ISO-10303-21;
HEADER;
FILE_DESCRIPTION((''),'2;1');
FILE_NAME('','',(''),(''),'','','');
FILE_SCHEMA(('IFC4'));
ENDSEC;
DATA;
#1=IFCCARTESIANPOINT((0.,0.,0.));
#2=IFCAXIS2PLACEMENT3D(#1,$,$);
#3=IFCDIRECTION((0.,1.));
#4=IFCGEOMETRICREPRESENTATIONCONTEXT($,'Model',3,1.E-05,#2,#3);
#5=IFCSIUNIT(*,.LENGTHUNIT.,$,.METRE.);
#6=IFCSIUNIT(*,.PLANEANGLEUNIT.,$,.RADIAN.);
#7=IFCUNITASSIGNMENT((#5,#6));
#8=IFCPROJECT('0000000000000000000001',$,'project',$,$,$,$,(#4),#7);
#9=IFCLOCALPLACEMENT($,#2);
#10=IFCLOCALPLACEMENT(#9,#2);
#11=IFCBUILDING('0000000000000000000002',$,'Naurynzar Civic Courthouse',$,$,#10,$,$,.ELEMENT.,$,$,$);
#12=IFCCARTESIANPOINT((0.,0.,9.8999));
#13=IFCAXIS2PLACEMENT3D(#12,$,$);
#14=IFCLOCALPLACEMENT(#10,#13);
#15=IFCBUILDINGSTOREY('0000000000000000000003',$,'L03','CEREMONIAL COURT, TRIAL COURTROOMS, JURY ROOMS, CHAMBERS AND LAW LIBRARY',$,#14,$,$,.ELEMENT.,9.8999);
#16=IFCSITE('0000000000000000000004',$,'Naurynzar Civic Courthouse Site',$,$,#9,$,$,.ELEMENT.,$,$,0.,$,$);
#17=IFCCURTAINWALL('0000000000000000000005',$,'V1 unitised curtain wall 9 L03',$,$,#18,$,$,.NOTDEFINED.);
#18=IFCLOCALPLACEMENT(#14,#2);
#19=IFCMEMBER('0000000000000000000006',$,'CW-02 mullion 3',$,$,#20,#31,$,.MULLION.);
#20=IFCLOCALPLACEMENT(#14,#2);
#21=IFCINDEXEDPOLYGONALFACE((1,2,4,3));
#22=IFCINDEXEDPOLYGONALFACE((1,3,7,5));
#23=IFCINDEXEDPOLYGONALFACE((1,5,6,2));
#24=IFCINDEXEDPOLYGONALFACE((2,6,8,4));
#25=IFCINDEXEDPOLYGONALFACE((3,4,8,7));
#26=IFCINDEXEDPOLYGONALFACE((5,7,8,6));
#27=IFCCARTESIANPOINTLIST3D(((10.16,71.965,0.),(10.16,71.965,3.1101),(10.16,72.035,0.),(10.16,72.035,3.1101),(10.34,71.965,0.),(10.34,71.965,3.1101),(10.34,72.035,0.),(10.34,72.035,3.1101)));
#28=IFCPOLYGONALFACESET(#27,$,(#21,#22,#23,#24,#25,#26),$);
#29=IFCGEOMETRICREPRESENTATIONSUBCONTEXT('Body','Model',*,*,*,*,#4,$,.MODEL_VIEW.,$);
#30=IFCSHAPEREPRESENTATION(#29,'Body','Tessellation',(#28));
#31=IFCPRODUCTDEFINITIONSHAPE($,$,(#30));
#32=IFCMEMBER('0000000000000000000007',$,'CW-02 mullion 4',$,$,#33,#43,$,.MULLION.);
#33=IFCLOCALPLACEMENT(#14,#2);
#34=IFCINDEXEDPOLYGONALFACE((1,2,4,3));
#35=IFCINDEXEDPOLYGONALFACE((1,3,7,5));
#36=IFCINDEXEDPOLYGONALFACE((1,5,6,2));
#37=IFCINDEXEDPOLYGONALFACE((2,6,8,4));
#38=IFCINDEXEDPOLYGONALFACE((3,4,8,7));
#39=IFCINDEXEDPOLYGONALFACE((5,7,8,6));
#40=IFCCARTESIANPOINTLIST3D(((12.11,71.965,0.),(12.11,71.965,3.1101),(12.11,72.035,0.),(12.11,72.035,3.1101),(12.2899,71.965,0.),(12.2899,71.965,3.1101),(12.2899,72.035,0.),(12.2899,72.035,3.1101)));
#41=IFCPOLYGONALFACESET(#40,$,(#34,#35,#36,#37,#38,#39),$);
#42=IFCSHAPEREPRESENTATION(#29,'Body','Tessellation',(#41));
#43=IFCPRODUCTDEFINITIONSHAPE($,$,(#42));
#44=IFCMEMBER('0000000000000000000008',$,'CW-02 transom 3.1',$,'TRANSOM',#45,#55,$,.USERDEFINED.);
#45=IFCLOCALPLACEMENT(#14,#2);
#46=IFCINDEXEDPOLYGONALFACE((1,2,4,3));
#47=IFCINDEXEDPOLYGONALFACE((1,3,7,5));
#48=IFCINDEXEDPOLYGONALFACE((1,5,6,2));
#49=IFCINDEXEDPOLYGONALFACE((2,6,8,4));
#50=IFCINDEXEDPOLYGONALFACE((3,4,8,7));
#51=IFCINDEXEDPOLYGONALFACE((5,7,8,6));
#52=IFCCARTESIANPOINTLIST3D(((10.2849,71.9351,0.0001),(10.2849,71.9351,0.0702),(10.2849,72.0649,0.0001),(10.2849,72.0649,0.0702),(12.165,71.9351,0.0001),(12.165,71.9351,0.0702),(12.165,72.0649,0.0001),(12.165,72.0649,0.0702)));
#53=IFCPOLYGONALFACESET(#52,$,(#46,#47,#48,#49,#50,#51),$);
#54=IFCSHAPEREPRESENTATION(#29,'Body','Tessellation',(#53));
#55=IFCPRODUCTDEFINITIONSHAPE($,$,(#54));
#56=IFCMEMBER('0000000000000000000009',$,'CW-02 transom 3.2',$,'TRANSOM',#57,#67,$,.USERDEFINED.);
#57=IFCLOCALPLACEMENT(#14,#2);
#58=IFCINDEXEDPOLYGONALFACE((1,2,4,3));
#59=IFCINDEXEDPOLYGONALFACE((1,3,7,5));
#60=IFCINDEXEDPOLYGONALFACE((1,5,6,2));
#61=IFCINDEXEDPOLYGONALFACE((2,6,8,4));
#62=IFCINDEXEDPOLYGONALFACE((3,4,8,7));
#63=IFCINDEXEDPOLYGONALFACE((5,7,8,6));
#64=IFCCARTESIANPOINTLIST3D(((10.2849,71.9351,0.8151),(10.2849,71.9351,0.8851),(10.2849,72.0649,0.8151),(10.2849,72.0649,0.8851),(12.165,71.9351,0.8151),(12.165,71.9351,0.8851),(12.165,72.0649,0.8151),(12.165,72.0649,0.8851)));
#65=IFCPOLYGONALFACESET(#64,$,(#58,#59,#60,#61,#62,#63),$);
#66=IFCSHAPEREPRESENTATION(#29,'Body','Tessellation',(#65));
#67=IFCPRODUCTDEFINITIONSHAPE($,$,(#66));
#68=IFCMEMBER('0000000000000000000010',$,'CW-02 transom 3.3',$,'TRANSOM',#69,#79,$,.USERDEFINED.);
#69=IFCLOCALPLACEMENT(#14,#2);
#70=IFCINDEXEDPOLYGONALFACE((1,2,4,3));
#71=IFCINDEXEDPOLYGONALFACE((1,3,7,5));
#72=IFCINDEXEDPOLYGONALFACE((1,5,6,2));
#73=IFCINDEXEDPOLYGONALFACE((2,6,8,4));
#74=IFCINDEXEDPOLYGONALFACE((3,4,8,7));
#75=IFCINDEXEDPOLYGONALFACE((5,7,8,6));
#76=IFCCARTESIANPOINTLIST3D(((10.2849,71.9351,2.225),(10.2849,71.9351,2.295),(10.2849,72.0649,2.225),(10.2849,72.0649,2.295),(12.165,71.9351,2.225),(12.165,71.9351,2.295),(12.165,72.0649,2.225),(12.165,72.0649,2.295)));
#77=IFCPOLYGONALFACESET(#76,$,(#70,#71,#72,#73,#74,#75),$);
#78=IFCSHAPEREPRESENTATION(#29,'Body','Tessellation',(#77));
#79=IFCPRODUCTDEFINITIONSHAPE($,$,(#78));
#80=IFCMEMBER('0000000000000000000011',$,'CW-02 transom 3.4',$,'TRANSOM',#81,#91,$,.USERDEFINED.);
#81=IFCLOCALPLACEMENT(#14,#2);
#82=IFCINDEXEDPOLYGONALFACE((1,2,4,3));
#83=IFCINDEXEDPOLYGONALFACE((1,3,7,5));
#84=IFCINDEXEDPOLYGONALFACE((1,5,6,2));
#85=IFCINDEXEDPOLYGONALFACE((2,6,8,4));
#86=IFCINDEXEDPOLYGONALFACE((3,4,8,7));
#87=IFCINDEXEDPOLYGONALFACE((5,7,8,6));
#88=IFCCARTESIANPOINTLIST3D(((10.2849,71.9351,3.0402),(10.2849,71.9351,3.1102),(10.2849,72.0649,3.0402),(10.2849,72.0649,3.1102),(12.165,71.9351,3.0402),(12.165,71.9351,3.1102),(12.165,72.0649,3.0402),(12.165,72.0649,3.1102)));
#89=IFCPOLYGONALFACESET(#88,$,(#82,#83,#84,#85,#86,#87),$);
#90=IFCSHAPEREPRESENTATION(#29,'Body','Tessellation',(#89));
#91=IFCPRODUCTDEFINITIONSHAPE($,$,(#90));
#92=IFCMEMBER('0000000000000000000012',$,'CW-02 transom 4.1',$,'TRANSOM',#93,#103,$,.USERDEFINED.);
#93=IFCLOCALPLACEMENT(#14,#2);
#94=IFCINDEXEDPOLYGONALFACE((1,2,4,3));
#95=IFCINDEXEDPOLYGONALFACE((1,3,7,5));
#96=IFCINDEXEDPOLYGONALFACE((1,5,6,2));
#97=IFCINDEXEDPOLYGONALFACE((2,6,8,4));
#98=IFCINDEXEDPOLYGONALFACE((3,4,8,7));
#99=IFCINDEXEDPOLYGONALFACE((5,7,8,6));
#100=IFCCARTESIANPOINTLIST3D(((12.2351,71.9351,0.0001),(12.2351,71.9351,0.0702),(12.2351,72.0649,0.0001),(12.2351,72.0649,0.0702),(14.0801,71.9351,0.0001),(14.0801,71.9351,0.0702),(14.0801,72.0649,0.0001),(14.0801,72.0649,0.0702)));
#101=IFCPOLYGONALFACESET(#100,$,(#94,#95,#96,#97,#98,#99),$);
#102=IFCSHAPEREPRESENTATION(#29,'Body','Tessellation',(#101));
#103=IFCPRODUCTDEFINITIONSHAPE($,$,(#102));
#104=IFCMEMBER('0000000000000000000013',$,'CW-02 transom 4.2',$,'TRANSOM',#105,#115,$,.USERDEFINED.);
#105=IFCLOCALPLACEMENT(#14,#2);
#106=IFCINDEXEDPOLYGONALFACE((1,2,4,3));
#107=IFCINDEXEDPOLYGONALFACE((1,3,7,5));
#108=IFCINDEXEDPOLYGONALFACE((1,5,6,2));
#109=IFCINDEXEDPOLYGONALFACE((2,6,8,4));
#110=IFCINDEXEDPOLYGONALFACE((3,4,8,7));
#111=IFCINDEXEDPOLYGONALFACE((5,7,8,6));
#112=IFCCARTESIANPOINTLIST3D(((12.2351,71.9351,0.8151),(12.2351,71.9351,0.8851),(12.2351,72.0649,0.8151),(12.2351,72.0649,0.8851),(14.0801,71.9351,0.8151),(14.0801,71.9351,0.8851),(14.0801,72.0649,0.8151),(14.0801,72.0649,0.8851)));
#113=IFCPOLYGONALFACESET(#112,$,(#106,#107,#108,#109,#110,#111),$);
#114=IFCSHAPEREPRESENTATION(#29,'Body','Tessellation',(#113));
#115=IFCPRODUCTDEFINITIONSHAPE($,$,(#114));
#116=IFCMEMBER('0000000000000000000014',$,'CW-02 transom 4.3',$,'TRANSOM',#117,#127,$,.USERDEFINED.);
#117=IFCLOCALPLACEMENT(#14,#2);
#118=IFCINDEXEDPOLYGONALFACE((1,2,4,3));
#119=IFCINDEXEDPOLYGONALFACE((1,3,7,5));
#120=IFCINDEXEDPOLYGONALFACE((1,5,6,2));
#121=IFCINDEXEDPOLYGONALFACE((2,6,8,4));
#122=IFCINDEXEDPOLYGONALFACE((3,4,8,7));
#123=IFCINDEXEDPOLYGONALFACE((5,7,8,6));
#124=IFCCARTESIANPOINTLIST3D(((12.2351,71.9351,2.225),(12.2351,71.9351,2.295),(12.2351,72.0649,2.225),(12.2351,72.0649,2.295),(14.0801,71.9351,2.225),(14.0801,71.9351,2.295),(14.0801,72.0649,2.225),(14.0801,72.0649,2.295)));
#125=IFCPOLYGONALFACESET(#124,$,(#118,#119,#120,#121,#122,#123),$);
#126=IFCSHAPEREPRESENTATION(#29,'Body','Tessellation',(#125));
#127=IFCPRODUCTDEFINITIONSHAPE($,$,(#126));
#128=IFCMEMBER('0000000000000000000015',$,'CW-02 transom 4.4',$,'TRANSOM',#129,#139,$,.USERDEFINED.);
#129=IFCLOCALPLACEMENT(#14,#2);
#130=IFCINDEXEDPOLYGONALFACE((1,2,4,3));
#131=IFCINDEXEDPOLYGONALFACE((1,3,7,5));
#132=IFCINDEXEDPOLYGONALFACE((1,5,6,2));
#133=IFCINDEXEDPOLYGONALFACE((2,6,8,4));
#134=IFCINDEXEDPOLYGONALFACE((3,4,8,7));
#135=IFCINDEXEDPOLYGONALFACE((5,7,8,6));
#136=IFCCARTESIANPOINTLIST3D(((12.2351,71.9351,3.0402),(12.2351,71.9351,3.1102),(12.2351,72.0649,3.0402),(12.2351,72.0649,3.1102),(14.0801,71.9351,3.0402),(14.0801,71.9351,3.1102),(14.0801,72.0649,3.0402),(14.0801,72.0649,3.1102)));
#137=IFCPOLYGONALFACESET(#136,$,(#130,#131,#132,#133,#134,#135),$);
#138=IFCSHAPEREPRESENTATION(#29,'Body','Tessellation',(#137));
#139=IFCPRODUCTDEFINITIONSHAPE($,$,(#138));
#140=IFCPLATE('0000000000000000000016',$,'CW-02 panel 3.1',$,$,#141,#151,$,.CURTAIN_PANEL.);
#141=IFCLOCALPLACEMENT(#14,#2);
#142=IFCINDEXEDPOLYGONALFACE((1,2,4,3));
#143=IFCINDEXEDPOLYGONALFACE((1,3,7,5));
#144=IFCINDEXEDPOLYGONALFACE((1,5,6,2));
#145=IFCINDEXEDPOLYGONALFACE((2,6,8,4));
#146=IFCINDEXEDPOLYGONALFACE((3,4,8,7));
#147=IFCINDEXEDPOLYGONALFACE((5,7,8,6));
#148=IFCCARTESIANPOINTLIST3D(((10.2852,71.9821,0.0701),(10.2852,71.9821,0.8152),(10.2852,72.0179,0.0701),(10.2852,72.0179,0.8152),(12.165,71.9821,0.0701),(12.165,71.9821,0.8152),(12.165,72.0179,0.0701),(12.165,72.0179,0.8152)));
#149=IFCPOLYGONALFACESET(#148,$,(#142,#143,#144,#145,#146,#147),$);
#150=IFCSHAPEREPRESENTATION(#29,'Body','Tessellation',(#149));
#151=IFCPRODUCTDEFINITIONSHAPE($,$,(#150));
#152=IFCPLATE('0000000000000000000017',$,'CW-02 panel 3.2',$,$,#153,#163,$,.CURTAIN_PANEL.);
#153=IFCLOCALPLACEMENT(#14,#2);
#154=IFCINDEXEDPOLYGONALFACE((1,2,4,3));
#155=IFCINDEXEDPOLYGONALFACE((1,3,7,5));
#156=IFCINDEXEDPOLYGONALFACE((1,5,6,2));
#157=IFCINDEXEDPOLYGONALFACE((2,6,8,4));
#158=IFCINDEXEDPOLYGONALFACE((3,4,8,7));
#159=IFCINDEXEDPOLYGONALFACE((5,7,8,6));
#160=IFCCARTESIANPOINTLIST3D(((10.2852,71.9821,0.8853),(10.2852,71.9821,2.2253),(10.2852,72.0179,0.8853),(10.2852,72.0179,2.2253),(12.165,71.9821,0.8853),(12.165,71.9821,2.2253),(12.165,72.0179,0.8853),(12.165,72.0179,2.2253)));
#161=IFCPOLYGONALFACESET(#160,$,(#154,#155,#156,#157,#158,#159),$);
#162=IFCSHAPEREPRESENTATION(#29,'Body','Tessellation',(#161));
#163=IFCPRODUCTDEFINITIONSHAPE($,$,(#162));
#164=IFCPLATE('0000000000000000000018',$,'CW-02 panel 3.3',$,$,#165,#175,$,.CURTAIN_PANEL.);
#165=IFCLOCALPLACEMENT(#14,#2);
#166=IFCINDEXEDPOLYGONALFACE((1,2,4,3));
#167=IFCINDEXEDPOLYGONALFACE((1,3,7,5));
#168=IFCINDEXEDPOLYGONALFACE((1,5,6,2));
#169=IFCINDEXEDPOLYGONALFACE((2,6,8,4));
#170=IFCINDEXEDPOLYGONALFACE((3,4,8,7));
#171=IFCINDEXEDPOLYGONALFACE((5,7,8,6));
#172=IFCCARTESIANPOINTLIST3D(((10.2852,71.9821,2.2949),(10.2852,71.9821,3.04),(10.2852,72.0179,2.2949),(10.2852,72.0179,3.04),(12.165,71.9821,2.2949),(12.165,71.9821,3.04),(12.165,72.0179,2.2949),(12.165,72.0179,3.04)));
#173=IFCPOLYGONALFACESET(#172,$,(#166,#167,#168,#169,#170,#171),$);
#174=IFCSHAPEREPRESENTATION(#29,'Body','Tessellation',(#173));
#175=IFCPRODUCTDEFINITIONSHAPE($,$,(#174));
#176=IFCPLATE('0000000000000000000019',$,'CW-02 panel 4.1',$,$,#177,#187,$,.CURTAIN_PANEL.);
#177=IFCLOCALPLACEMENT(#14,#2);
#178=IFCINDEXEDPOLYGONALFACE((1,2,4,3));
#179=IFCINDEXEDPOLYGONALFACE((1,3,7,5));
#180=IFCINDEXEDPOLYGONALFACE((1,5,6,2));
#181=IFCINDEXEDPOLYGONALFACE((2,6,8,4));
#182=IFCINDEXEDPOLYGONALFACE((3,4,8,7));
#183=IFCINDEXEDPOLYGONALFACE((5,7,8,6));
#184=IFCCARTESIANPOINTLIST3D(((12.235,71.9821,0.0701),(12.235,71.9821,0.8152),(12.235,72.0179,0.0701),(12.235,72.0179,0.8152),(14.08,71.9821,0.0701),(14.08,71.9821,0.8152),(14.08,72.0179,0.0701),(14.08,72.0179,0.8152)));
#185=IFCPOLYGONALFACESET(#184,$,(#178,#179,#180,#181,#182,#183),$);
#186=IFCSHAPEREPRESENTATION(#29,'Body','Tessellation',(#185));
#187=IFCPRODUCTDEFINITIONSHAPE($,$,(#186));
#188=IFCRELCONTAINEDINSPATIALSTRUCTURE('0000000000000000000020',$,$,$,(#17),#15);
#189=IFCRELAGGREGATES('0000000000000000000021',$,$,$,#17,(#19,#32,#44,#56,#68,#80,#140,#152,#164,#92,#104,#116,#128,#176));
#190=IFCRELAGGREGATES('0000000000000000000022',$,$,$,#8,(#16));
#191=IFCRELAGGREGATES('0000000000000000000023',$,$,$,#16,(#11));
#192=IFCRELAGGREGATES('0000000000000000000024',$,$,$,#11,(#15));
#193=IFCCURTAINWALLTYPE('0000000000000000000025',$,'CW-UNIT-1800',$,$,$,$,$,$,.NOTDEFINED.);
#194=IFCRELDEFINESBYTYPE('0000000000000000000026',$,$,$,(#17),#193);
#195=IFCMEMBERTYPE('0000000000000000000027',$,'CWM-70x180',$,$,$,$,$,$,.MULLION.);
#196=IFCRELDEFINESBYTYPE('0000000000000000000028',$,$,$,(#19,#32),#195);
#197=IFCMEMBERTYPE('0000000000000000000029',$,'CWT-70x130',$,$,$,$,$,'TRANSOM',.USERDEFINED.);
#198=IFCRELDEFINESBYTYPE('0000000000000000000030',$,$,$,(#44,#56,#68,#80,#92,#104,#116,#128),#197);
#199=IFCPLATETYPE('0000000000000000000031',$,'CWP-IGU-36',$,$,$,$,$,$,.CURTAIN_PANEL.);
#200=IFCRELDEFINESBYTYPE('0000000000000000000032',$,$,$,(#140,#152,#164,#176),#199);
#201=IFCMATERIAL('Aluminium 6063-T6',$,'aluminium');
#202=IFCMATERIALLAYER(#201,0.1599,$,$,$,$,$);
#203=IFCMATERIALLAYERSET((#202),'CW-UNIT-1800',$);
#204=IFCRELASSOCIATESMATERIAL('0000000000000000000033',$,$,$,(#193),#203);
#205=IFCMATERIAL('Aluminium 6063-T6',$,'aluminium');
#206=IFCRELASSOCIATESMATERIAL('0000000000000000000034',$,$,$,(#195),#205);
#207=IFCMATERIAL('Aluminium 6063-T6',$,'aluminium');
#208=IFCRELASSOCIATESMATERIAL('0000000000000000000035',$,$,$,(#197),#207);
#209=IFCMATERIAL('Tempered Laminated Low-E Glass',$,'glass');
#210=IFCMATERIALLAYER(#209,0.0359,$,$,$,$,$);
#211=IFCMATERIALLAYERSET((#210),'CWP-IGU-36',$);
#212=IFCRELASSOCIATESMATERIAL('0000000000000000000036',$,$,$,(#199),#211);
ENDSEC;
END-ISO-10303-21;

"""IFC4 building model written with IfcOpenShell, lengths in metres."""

from ifc_helpers import new_model, si_unit, direction, frame, origin, origin_2d, place, context, subcontext, project, spatial, rectangle, extrude, material, layer, layer_set, material_profile, profile_set, type_object, element, aggregate, save


model = new_model("IFC4")

# Units and contexts
model_context = context("Model", 3, precision=1e-05, world=origin(), true_north=direction((0.0, 1.0)))
body_context = subcontext(model_context, "Body", "Model", "MODEL_VIEW")
ifc_project = project(units=[si_unit("LENGTHUNIT", "METRE"), si_unit("PLANEANGLEUNIT", "RADIAN")], contexts=[model_context])

# Site, building, storey
site_placement = place(None, origin())
site = spatial("IfcSite", under=ifc_project, at=site_placement, Name="Naurynzar Civic Courthouse Site", CompositionType="ELEMENT", RefElevation=0.0)
building_placement = place(site_placement, origin())
building = spatial("IfcBuilding", under=site, at=building_placement, Name="Naurynzar Civic Courthouse", CompositionType="ELEMENT")
storey_placement = place(building_placement, frame((0.0, 0.0, 9.8999)))
storey = spatial("IfcBuildingStorey", under=building, at=storey_placement, Name="L03", Description="CEREMONIAL COURT, TRIAL COURTROOMS, JURY ROOMS, CHAMBERS AND LAW LIBRARY", CompositionType="ELEMENT", Elevation=9.8999)

# Curtain wall, members, plates
ifc_material_1 = material(Name="Aluminium 6063-T6", Category="aluminium")
ifc_layer_1 = layer(ifc_material_1, 0.1599)
ifc_layer_set_1 = layer_set([ifc_layer_1], Name="CW-UNIT-1800")
curtain_wall_type = type_object("IfcCurtainWallType", Name="CW-UNIT-1800", PredefinedType="NOTDEFINED", material=ifc_layer_set_1)
curtain_wall_placement = place(storey_placement, origin())
curtain_wall = element("IfcCurtainWall", 1, at=curtain_wall_placement, inside=storey, type_object=curtain_wall_type, Name="V1 unitised curtain wall 9 L03", PredefinedType="NOTDEFINED")
ifc_material_2 = material(Name="Aluminium 6063-T6", Category="aluminium")
ifc_material_profile_1 = material_profile(ifc_material_2, rectangle(XDim=0.0701, YDim=0.1799, at=origin_2d()), Name="ALU MULLION 70x180")
ifc_profile_set_1 = profile_set([ifc_material_profile_1], Name="Aluminium 6063-T6")
member_type_1 = type_object("IfcMemberType", Name="CWM-70x180", PredefinedType="MULLION", material=ifc_profile_set_1)
member_1_placement = place(storey_placement, frame((10.25, 72.0, 0.0), z_axis=(0.0, 0.0, 1.0), x_axis=(0.0, 1.0, 0.0)))
member_1 = element("IfcMember", 2, at=member_1_placement, type_object=member_type_1, Name="CW-02 mullion 3", PredefinedType="MULLION", context=body_context, shape_type="SweptSolid", body=[
    extrude(rectangle(XDim=0.0701, YDim=0.1799, at=origin_2d()), origin(), (0.0, 0.0, 1.0), 3.1101),
])
member_2_placement = place(storey_placement, frame((12.2, 72.0, 0.0), z_axis=(0.0, 0.0, 1.0), x_axis=(0.0, 1.0, 0.0)))
member_2 = element("IfcMember", 3, at=member_2_placement, type_object=member_type_1, Name="CW-02 mullion 4", PredefinedType="MULLION", context=body_context, shape_type="SweptSolid", body=[
    extrude(rectangle(XDim=0.0701, YDim=0.1799, at=origin_2d()), origin(), (0.0, 0.0, 1.0), 3.1101),
])
ifc_material_3 = material(Name="Aluminium 6063-T6", Category="aluminium")
ifc_material_profile_2 = material_profile(ifc_material_3, rectangle(XDim=0.1299, YDim=0.0701, at=origin_2d()), Name="ALU TRANSOM 70x130")
ifc_profile_set_2 = profile_set([ifc_material_profile_2], Name="Aluminium 6063-T6")
member_type_2 = type_object("IfcMemberType", Name="CWT-70x130", ElementType="TRANSOM", PredefinedType="USERDEFINED", material=ifc_profile_set_2)
member_3_placement = place(storey_placement, frame((10.2849, 72.0, 0.0352), z_axis=(1.0, 0.0, 0.0), x_axis=(0.0, 1.0, 0.0)))
member_3 = element("IfcMember", 4, at=member_3_placement, type_object=member_type_2, Name="CW-02 transom 3.1", ObjectType="TRANSOM", PredefinedType="USERDEFINED", context=body_context, shape_type="SweptSolid", body=[
    extrude(rectangle(XDim=0.1299, YDim=0.0701, at=origin_2d()), origin(), (0.0, 0.0, 1.0), 1.8801),
])
member_4_placement = place(storey_placement, frame((10.2849, 72.0, 0.8501), z_axis=(1.0, 0.0, 0.0), x_axis=(0.0, 1.0, 0.0)))
member_4 = element("IfcMember", 5, at=member_4_placement, type_object=member_type_2, Name="CW-02 transom 3.2", ObjectType="TRANSOM", PredefinedType="USERDEFINED", context=body_context, shape_type="SweptSolid", body=[
    extrude(rectangle(XDim=0.1299, YDim=0.0701, at=origin_2d()), origin(), (0.0, 0.0, 1.0), 1.8801),
])
member_5_placement = place(storey_placement, frame((10.2849, 72.0, 2.26), z_axis=(1.0, 0.0, 0.0), x_axis=(0.0, 1.0, 0.0)))
member_5 = element("IfcMember", 6, at=member_5_placement, type_object=member_type_2, Name="CW-02 transom 3.3", ObjectType="TRANSOM", PredefinedType="USERDEFINED", context=body_context, shape_type="SweptSolid", body=[
    extrude(rectangle(XDim=0.1299, YDim=0.0701, at=origin_2d()), origin(), (0.0, 0.0, 1.0), 1.8801),
])
member_6_placement = place(storey_placement, frame((10.2849, 72.0, 3.0752), z_axis=(1.0, 0.0, 0.0), x_axis=(0.0, 1.0, 0.0)))
member_6 = element("IfcMember", 7, at=member_6_placement, type_object=member_type_2, Name="CW-02 transom 3.4", ObjectType="TRANSOM", PredefinedType="USERDEFINED", context=body_context, shape_type="SweptSolid", body=[
    extrude(rectangle(XDim=0.1299, YDim=0.0701, at=origin_2d()), origin(), (0.0, 0.0, 1.0), 1.8801),
])
member_7_placement = place(storey_placement, frame((12.2351, 72.0, 0.0352), z_axis=(1.0, 0.0, 0.0), x_axis=(0.0, 1.0, 0.0)))
member_7 = element("IfcMember", 8, at=member_7_placement, type_object=member_type_2, Name="CW-02 transom 4.1", ObjectType="TRANSOM", PredefinedType="USERDEFINED", context=body_context, shape_type="SweptSolid", body=[
    extrude(rectangle(XDim=0.1299, YDim=0.0701, at=origin_2d()), origin(), (0.0, 0.0, 1.0), 1.845),
])
member_8_placement = place(storey_placement, frame((12.2351, 72.0, 0.8501), z_axis=(1.0, 0.0, 0.0), x_axis=(0.0, 1.0, 0.0)))
member_8 = element("IfcMember", 9, at=member_8_placement, type_object=member_type_2, Name="CW-02 transom 4.2", ObjectType="TRANSOM", PredefinedType="USERDEFINED", context=body_context, shape_type="SweptSolid", body=[
    extrude(rectangle(XDim=0.1299, YDim=0.0701, at=origin_2d()), origin(), (0.0, 0.0, 1.0), 1.845),
])
member_9_placement = place(storey_placement, frame((12.2351, 72.0, 2.26), z_axis=(1.0, 0.0, 0.0), x_axis=(0.0, 1.0, 0.0)))
member_9 = element("IfcMember", 10, at=member_9_placement, type_object=member_type_2, Name="CW-02 transom 4.3", ObjectType="TRANSOM", PredefinedType="USERDEFINED", context=body_context, shape_type="SweptSolid", body=[
    extrude(rectangle(XDim=0.1299, YDim=0.0701, at=origin_2d()), origin(), (0.0, 0.0, 1.0), 1.845),
])
member_10_placement = place(storey_placement, frame((12.2351, 72.0, 3.0752), z_axis=(1.0, 0.0, 0.0), x_axis=(0.0, 1.0, 0.0)))
member_10 = element("IfcMember", 11, at=member_10_placement, type_object=member_type_2, Name="CW-02 transom 4.4", ObjectType="TRANSOM", PredefinedType="USERDEFINED", context=body_context, shape_type="SweptSolid", body=[
    extrude(rectangle(XDim=0.1299, YDim=0.0701, at=origin_2d()), origin(), (0.0, 0.0, 1.0), 1.845),
])
ifc_material_4 = material(Name="Tempered Laminated Low-E Glass", Category="glass")
ifc_layer_2 = layer(ifc_material_4, 0.0359)
ifc_layer_set_2 = layer_set([ifc_layer_2], Name="CWP-IGU-36")
plate_type = type_object("IfcPlateType", Name="CWP-IGU-36", PredefinedType="CURTAIN_PANEL", material=ifc_layer_set_2)
plate_1_placement = place(storey_placement, frame((11.2251, 72.0, 0.0701), z_axis=(0.0, 0.0, 1.0), x_axis=(1.0, 0.0, 0.0)))
plate_1 = element("IfcPlate", 12, at=plate_1_placement, type_object=plate_type, Name="CW-02 panel 3.1", PredefinedType="CURTAIN_PANEL", context=body_context, shape_type="SweptSolid", body=[
    extrude(rectangle(XDim=1.8799, YDim=0.0359, at=origin_2d()), origin(), (0.0, 0.0, 1.0), 0.7451),
])
plate_2_placement = place(storey_placement, frame((11.2251, 72.0, 0.8853), z_axis=(0.0, 0.0, 1.0), x_axis=(1.0, 0.0, 0.0)))
plate_2 = element("IfcPlate", 13, at=plate_2_placement, type_object=plate_type, Name="CW-02 panel 3.2", PredefinedType="CURTAIN_PANEL", context=body_context, shape_type="SweptSolid", body=[
    extrude(rectangle(XDim=1.8799, YDim=0.0359, at=origin_2d()), origin(), (0.0, 0.0, 1.0), 1.3401),
])
plate_3_placement = place(storey_placement, frame((11.2251, 72.0, 2.2949), z_axis=(0.0, 0.0, 1.0), x_axis=(1.0, 0.0, 0.0)))
plate_3 = element("IfcPlate", 14, at=plate_3_placement, type_object=plate_type, Name="CW-02 panel 3.3", PredefinedType="CURTAIN_PANEL", context=body_context, shape_type="SweptSolid", body=[
    extrude(rectangle(XDim=1.8799, YDim=0.0359, at=origin_2d()), origin(), (0.0, 0.0, 1.0), 0.7451),
])
plate_4_placement = place(storey_placement, frame((13.1575, 72.0, 0.0701), z_axis=(0.0, 0.0, 1.0), x_axis=(1.0, 0.0, 0.0)))
plate_4 = element("IfcPlate", 15, at=plate_4_placement, type_object=plate_type, Name="CW-02 panel 4.1", PredefinedType="CURTAIN_PANEL", context=body_context, shape_type="SweptSolid", body=[
    extrude(rectangle(XDim=1.845, YDim=0.0359, at=origin_2d()), origin(), (0.0, 0.0, 1.0), 0.7451),
])
aggregate(curtain_wall, [member_1, member_2, member_3, member_4, member_5, member_6, plate_1, plate_2, plate_3, member_7, member_8, member_9, member_10, plate_4])

save(model, "model.ifc")
